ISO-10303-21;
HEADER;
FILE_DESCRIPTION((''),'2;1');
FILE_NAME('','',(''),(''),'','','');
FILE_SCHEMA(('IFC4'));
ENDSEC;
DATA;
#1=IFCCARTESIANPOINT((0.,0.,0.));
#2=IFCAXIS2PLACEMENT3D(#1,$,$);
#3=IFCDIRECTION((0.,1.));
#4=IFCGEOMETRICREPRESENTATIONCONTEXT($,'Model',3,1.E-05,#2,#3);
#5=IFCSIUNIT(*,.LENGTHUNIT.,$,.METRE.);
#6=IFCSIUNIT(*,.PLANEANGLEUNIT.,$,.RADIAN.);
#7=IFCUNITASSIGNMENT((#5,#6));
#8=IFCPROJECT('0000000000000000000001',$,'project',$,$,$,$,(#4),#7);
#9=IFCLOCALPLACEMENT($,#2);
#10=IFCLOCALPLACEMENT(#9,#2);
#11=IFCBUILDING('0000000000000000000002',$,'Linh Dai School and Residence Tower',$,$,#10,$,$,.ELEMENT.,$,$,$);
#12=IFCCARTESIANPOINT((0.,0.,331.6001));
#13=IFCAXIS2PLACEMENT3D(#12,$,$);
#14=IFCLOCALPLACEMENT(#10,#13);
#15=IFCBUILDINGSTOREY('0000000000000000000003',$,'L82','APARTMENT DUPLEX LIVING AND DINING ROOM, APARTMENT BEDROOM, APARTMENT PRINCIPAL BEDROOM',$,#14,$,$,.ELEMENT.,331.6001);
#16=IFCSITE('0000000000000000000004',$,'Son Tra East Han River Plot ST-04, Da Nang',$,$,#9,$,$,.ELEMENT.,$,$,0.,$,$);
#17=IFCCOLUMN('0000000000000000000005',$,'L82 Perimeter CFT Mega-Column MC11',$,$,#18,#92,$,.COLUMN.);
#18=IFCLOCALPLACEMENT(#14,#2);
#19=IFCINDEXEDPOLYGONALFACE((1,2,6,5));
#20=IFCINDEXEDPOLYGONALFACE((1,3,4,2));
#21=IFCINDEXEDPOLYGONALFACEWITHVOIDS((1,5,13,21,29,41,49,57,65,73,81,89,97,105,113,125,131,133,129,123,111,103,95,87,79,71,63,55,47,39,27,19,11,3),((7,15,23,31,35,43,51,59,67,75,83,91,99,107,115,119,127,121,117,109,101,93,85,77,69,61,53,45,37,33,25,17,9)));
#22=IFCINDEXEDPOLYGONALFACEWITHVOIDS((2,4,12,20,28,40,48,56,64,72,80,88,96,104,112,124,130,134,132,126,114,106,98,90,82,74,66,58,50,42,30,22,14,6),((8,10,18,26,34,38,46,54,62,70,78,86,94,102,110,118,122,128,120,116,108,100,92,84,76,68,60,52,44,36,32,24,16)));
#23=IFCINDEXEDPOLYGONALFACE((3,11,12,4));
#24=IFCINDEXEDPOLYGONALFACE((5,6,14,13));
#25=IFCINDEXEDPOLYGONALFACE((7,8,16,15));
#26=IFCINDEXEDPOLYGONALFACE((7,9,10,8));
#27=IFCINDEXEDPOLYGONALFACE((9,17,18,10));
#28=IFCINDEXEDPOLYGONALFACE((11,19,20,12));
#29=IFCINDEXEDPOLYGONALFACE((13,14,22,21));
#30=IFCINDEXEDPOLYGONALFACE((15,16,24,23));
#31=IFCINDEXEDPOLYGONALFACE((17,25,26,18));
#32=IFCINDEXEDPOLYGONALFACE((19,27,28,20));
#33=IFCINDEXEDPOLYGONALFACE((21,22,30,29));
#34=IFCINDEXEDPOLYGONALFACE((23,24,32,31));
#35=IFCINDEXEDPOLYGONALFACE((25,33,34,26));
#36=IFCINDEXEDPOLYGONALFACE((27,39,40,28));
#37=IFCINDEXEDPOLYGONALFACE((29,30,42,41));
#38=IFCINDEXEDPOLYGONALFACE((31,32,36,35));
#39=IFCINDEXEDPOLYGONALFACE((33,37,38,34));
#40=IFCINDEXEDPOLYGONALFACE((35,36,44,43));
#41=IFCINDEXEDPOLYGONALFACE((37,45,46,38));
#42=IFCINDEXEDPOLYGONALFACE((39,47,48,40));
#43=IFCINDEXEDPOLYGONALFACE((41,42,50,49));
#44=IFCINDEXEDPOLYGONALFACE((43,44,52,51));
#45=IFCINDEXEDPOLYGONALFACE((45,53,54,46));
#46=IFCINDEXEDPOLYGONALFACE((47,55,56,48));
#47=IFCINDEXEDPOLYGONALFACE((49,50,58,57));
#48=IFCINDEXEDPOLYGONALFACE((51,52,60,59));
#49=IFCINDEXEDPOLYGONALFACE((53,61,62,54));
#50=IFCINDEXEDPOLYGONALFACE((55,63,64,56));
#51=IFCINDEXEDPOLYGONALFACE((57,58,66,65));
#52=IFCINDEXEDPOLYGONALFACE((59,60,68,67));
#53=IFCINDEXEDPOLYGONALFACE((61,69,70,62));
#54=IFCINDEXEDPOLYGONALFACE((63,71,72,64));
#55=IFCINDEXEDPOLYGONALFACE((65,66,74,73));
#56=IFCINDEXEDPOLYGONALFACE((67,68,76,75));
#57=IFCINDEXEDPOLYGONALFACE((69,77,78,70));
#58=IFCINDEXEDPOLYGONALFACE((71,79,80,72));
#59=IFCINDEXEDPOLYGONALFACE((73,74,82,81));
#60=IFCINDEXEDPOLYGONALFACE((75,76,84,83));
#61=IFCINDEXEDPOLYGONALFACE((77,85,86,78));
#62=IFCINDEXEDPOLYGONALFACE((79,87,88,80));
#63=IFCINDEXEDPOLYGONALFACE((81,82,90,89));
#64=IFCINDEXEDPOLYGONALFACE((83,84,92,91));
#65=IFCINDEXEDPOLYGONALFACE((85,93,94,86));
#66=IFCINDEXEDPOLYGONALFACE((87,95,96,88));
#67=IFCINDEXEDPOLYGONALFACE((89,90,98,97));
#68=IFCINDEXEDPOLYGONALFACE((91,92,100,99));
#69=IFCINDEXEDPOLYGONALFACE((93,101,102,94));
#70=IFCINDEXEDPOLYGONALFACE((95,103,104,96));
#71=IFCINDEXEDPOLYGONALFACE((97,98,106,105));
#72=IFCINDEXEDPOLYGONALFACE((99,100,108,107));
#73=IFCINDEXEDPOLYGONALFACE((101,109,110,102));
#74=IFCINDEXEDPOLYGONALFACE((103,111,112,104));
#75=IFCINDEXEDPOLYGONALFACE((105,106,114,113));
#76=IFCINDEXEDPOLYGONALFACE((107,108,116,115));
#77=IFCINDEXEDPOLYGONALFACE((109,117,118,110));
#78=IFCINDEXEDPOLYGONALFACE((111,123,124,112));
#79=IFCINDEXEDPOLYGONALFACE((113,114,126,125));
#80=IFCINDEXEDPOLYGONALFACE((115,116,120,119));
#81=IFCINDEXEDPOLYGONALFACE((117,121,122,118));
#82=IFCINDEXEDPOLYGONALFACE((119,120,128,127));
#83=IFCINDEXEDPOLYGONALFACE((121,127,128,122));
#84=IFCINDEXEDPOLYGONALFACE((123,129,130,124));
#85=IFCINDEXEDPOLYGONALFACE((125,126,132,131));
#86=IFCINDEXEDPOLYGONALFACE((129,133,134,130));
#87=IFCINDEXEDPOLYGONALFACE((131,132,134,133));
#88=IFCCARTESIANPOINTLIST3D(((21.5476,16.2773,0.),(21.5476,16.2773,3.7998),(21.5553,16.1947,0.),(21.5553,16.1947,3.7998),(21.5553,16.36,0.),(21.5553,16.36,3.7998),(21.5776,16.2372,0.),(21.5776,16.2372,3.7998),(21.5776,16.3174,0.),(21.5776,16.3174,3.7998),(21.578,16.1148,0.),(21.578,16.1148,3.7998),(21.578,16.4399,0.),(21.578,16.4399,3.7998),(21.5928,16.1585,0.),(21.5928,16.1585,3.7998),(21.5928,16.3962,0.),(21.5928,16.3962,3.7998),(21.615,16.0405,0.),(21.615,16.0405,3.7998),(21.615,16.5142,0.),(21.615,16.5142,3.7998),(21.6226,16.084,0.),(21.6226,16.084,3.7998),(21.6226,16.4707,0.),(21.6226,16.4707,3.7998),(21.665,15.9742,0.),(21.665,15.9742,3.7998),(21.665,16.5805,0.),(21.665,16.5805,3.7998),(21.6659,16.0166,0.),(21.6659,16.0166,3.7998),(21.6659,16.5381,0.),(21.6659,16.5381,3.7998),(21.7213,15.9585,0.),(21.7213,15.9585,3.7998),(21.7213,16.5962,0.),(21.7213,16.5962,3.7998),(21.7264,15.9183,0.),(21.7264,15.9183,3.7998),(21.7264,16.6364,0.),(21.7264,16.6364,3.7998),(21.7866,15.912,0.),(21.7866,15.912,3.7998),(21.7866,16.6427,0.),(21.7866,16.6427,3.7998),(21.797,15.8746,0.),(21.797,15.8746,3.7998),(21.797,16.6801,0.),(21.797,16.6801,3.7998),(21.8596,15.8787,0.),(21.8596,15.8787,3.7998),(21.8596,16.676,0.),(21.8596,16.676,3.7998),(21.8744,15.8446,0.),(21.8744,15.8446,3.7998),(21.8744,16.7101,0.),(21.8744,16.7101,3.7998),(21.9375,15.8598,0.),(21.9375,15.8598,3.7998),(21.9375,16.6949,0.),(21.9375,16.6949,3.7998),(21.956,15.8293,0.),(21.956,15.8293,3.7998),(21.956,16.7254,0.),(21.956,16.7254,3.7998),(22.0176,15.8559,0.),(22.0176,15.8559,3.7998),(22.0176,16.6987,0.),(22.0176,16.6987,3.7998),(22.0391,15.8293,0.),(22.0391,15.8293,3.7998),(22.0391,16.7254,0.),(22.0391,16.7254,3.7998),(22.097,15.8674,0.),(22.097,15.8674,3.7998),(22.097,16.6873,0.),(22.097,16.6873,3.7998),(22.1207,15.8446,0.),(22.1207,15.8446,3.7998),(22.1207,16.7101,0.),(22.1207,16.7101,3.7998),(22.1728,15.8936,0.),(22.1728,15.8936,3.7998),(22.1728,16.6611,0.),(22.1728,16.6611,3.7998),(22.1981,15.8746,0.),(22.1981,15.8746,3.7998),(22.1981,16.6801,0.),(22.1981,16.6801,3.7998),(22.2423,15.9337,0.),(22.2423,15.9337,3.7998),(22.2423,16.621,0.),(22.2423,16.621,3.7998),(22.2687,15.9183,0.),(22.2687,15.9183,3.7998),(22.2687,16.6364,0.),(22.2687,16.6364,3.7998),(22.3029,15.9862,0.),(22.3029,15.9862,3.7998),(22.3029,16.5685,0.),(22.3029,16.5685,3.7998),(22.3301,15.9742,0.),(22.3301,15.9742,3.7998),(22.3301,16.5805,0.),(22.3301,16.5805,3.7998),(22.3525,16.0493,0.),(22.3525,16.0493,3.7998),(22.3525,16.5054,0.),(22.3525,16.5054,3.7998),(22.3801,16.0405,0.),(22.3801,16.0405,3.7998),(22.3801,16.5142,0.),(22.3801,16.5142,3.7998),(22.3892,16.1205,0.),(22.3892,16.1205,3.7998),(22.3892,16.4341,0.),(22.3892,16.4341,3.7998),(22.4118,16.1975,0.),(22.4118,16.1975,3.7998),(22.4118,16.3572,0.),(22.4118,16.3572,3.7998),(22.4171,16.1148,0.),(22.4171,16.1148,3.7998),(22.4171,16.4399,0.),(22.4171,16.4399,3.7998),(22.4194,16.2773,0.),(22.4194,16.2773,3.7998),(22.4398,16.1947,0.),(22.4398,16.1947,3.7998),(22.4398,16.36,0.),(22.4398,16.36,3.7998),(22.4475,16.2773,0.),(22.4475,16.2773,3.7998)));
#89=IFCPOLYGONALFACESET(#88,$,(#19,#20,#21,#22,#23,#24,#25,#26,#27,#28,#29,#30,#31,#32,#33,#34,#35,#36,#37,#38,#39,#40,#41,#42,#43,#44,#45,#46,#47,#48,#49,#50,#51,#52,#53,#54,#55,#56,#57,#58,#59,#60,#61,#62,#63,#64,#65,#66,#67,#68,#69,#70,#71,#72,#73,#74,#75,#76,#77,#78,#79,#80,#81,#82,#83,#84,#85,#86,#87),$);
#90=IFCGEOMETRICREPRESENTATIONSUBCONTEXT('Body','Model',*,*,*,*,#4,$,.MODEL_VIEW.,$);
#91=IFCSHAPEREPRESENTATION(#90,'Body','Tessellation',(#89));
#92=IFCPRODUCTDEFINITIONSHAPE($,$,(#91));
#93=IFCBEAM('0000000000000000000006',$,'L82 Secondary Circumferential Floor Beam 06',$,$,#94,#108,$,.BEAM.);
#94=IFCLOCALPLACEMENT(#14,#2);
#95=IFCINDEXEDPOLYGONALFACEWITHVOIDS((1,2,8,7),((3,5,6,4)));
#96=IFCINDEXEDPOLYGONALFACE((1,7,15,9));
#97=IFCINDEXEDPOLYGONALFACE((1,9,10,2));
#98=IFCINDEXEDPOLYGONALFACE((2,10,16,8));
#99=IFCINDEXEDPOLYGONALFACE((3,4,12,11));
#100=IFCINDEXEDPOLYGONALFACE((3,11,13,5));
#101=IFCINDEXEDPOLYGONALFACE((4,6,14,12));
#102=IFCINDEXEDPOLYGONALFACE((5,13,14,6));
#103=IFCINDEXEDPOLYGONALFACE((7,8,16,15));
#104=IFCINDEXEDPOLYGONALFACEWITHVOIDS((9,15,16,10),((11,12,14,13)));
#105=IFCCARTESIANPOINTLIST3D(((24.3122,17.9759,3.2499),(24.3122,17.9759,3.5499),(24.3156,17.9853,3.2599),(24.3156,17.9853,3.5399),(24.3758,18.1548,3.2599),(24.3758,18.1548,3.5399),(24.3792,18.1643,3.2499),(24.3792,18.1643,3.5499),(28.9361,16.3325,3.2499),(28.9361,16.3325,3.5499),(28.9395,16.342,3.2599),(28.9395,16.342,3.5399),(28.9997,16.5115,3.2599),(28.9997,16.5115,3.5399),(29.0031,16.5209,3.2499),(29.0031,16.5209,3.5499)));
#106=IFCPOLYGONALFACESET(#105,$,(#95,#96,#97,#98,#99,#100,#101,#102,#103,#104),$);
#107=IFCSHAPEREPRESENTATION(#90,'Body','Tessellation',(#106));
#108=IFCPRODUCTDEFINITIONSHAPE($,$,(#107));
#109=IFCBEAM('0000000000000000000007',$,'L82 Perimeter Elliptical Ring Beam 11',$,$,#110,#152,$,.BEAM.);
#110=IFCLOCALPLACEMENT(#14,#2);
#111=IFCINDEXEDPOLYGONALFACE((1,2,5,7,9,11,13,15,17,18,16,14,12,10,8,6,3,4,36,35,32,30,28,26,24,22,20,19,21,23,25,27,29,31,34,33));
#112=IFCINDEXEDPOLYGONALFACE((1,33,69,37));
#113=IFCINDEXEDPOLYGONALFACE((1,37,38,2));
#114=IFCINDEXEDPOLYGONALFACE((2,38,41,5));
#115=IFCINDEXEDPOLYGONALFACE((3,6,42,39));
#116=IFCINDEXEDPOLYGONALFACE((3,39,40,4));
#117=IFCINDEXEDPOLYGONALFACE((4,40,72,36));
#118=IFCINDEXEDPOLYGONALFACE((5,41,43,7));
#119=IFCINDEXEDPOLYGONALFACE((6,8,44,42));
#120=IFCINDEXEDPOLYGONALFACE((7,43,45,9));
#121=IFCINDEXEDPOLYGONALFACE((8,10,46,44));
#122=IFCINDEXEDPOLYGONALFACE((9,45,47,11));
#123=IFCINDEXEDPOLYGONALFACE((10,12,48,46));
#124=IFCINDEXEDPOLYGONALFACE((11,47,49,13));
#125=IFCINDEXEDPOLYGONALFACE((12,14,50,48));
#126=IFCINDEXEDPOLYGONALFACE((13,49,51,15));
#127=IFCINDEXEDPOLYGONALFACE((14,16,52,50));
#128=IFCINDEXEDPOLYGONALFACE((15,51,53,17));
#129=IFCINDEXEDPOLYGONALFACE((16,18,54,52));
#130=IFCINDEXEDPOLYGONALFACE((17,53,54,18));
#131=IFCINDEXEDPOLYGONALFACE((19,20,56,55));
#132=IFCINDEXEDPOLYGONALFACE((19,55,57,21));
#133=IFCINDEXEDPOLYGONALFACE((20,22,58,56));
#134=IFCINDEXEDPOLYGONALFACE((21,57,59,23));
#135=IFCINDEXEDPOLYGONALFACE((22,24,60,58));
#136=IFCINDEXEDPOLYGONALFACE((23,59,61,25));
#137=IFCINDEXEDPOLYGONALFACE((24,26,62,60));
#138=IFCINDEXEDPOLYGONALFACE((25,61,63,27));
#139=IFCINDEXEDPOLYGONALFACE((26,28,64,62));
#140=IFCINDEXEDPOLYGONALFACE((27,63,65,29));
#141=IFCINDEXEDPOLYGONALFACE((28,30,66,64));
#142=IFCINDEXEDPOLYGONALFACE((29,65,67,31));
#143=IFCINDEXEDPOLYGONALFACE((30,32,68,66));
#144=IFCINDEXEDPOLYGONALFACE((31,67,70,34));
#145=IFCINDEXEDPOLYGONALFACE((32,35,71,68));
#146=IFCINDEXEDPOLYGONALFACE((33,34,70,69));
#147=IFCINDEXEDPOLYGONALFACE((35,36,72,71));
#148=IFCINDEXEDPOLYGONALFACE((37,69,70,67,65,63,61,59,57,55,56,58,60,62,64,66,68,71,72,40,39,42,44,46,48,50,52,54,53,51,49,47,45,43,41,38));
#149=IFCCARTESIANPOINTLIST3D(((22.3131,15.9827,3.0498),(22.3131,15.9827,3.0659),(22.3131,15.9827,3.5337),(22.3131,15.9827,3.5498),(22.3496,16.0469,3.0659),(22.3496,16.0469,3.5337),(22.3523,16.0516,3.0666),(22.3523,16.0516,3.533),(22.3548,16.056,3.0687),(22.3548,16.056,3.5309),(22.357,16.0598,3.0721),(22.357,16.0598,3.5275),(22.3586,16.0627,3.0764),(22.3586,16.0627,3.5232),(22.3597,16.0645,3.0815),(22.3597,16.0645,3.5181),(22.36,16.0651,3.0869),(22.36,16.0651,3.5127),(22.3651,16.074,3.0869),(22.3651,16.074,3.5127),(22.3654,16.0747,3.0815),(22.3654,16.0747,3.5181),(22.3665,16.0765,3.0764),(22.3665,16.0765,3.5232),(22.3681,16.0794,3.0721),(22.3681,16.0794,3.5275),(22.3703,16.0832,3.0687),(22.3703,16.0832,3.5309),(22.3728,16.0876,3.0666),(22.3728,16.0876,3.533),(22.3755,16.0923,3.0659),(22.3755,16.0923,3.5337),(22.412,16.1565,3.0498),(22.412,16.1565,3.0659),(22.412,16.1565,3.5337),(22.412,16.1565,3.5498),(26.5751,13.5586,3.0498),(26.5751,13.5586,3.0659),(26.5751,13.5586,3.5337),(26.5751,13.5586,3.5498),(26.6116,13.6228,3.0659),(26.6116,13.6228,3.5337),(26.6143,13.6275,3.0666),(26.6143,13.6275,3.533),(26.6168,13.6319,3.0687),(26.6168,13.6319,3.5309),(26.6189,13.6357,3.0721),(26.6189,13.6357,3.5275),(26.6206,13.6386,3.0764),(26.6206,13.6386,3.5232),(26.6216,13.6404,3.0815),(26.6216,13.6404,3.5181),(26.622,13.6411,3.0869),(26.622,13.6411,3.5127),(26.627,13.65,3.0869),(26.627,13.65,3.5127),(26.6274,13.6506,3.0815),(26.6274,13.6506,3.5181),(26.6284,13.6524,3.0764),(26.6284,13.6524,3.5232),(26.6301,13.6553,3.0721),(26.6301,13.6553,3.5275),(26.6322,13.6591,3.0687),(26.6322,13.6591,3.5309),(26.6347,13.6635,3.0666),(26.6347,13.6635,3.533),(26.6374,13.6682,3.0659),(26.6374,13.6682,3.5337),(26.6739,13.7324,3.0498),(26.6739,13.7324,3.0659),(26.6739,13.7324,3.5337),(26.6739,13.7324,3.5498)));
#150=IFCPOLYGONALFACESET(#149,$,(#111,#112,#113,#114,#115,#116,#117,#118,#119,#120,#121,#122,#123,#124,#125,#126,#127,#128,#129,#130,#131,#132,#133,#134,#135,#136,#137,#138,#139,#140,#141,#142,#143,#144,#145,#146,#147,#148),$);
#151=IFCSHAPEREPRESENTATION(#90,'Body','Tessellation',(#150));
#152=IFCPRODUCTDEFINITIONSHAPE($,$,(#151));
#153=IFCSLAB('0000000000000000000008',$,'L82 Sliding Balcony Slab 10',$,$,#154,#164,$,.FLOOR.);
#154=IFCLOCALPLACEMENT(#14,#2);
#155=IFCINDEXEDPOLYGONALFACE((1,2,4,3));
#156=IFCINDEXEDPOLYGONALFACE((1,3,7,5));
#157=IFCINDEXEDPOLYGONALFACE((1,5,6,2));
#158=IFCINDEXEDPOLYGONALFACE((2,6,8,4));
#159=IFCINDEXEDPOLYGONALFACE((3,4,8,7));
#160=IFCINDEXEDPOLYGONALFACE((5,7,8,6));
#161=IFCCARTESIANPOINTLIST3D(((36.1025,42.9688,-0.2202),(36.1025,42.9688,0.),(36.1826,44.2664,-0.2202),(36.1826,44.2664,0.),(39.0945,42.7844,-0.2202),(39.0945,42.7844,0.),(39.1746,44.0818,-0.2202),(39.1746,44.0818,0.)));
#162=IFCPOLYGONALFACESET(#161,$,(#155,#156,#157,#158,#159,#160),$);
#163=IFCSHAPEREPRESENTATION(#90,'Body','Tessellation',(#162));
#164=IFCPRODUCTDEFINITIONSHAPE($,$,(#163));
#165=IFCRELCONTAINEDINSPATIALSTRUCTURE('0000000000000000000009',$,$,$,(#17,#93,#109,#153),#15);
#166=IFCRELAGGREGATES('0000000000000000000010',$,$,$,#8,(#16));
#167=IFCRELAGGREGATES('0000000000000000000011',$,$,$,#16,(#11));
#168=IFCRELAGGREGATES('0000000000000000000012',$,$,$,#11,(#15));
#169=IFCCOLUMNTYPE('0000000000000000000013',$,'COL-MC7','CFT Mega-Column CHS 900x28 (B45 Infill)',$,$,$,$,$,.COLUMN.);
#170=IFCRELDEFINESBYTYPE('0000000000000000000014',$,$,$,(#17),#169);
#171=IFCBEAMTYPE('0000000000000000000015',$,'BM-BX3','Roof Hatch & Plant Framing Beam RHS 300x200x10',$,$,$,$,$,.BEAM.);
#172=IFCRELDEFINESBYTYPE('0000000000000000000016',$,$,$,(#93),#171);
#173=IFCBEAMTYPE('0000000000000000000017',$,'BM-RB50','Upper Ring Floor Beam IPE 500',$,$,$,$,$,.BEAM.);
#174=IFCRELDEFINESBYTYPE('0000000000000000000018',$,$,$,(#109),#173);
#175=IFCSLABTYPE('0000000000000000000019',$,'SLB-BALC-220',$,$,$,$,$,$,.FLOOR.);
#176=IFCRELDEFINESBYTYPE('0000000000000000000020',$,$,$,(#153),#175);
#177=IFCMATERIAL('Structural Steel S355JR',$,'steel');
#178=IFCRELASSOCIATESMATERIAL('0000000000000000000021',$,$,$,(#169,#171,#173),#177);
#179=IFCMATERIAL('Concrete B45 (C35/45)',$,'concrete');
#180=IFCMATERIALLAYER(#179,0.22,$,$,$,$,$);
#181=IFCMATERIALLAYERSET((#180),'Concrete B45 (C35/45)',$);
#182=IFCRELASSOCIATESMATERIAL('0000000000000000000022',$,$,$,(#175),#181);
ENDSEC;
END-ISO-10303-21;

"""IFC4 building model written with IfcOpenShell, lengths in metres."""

from ifc_helpers import new_model, si_unit, direction, frame, origin, origin_2d, place, context, subcontext, project, spatial, polyline, hollow_rectangle, hollow_circle, i_section, outline, extrude, material, layer, layer_set, material_profile, profile_set, type_object, element, save


model = new_model("IFC4")

# Units and contexts
model_context = context("Model", 3, precision=1e-05, world=origin(), true_north=direction((0.0, 1.0)))
body_context = subcontext(model_context, "Body", "Model", "MODEL_VIEW")
ifc_project = project(units=[si_unit("LENGTHUNIT", "METRE"), si_unit("PLANEANGLEUNIT", "RADIAN")], contexts=[model_context])

# Site, building, storey
site_placement = place(None, origin())
site = spatial("IfcSite", under=ifc_project, at=site_placement, Name="Son Tra East Han River Plot ST-04, Da Nang", CompositionType="ELEMENT", RefElevation=0.0)
building_placement = place(site_placement, origin())
building = spatial("IfcBuilding", under=site, at=building_placement, Name="Linh Dai School and Residence Tower", CompositionType="ELEMENT")
storey_placement = place(building_placement, frame((0.0, 0.0, 331.6001)))
storey = spatial("IfcBuildingStorey", under=building, at=storey_placement, Name="L82", Description="APARTMENT DUPLEX LIVING AND DINING ROOM, APARTMENT BEDROOM, APARTMENT PRINCIPAL BEDROOM", CompositionType="ELEMENT", Elevation=331.6001)

# Column
ifc_material_1 = material(Name="Structural Steel S355JR", Category="steel")
ifc_material_profile_1 = material_profile(ifc_material_1, hollow_circle(Radius=0.45, WallThickness=0.0281, at=origin_2d()), Name="CHS 900x28")
ifc_profile_set_1 = profile_set([ifc_material_profile_1], Name="Structural Steel S355JR")
column_type = type_object("IfcColumnType", Name="COL-MC7", Description="CFT Mega-Column CHS 900x28 (B45 Infill)", PredefinedType="COLUMN", material=ifc_profile_set_1)
column_placement = place(storey_placement, frame((21.9976, 16.2773, 0.0), z_axis=(0.0, 0.0, 1.0), x_axis=(1.0, 0.0, 0.0)))
element("IfcColumn", 1, at=column_placement, inside=storey, type_object=column_type, Name="L82 Perimeter CFT Mega-Column MC11", PredefinedType="COLUMN", context=body_context, shape_type="SweptSolid", body=[
    extrude(hollow_circle(Radius=0.45, WallThickness=0.0281, at=origin_2d()), origin(), (0.0, 0.0, 1.0), 3.7998),
])

# Beams
ifc_material_profile_2 = material_profile(ifc_material_1, hollow_rectangle(XDim=0.2, YDim=0.3, WallThickness=0.01, at=origin_2d()), Name="RHS 300x200x10")
ifc_profile_set_2 = profile_set([ifc_material_profile_2], Name="Structural Steel S355JR")
beam_type_1 = type_object("IfcBeamType", Name="BM-BX3", Description="Roof Hatch & Plant Framing Beam RHS 300x200x10", PredefinedType="BEAM", material=ifc_profile_set_2)
beam_1_placement = place(storey_placement, frame((24.3457, 18.0701, 3.3999), z_axis=(0.94226, -0.334883, 0.0), x_axis=(0.334883, 0.94226, 0.0)))
element("IfcBeam", 2, at=beam_1_placement, inside=storey, type_object=beam_type_1, Name="L82 Secondary Circumferential Floor Beam 06", PredefinedType="BEAM", context=body_context, shape_type="SweptSolid", body=[
    extrude(hollow_rectangle(XDim=0.2, YDim=0.3, WallThickness=0.01, at=origin_2d()), origin(), (0.0, 0.0, 1.0), 4.9072),
])
ifc_material_profile_3 = material_profile(ifc_material_1, i_section(OverallWidth=0.2, OverallDepth=0.5, WebThickness=0.0103, FlangeThickness=0.0161, FilletRadius=0.021, at=origin_2d()), Name="IPE 500")
ifc_profile_set_3 = profile_set([ifc_material_profile_3], Name="Structural Steel S355JR")
beam_type_2 = type_object("IfcBeamType", Name="BM-RB50", Description="Upper Ring Floor Beam IPE 500", PredefinedType="BEAM", material=ifc_profile_set_3)
beam_2_placement = place(storey_placement, frame((22.3625, 16.0696, 3.2998), z_axis=(0.869237, -0.494395, 0.0), x_axis=(0.494395, 0.869237, 0.0)))
element("IfcBeam", 3, at=beam_2_placement, inside=storey, type_object=beam_type_2, Name="L82 Perimeter Elliptical Ring Beam 11", PredefinedType="BEAM", context=body_context, shape_type="SweptSolid", body=[
    extrude(i_section(OverallWidth=0.2, OverallDepth=0.5, WebThickness=0.0103, FlangeThickness=0.0161, FilletRadius=0.021, at=origin_2d()), origin(), (0.0, 0.0, 1.0), 4.9031),
])

# Slab
ifc_material_2 = material(Name="Concrete B45 (C35/45)", Category="concrete")
ifc_layer_1 = layer(ifc_material_2, 0.22)
ifc_layer_set_1 = layer_set([ifc_layer_1], Name="Concrete B45 (C35/45)")
slab_type_1 = type_object("IfcSlabType", Name="SLB-BALC-220", PredefinedType="FLOOR", material=ifc_layer_set_1)
slab_1_placement = place(storey_placement, frame((0.0, 0.0, -0.2202)))
element("IfcSlab", 4, at=slab_1_placement, inside=storey, type_object=slab_type_1, Name="L82 Sliding Balcony Slab 10", PredefinedType="FLOOR", context=body_context, shape_type="SweptSolid", body=[
    extrude(outline(polyline([(36.1025, 42.9688), (39.0945, 42.7844), (39.1746, 44.0818), (36.1826, 44.2664), (36.1025, 42.9688)])), origin(), (0.0, 0.0, 1.0), 0.2202),
])

save(model, "model.ifc")
